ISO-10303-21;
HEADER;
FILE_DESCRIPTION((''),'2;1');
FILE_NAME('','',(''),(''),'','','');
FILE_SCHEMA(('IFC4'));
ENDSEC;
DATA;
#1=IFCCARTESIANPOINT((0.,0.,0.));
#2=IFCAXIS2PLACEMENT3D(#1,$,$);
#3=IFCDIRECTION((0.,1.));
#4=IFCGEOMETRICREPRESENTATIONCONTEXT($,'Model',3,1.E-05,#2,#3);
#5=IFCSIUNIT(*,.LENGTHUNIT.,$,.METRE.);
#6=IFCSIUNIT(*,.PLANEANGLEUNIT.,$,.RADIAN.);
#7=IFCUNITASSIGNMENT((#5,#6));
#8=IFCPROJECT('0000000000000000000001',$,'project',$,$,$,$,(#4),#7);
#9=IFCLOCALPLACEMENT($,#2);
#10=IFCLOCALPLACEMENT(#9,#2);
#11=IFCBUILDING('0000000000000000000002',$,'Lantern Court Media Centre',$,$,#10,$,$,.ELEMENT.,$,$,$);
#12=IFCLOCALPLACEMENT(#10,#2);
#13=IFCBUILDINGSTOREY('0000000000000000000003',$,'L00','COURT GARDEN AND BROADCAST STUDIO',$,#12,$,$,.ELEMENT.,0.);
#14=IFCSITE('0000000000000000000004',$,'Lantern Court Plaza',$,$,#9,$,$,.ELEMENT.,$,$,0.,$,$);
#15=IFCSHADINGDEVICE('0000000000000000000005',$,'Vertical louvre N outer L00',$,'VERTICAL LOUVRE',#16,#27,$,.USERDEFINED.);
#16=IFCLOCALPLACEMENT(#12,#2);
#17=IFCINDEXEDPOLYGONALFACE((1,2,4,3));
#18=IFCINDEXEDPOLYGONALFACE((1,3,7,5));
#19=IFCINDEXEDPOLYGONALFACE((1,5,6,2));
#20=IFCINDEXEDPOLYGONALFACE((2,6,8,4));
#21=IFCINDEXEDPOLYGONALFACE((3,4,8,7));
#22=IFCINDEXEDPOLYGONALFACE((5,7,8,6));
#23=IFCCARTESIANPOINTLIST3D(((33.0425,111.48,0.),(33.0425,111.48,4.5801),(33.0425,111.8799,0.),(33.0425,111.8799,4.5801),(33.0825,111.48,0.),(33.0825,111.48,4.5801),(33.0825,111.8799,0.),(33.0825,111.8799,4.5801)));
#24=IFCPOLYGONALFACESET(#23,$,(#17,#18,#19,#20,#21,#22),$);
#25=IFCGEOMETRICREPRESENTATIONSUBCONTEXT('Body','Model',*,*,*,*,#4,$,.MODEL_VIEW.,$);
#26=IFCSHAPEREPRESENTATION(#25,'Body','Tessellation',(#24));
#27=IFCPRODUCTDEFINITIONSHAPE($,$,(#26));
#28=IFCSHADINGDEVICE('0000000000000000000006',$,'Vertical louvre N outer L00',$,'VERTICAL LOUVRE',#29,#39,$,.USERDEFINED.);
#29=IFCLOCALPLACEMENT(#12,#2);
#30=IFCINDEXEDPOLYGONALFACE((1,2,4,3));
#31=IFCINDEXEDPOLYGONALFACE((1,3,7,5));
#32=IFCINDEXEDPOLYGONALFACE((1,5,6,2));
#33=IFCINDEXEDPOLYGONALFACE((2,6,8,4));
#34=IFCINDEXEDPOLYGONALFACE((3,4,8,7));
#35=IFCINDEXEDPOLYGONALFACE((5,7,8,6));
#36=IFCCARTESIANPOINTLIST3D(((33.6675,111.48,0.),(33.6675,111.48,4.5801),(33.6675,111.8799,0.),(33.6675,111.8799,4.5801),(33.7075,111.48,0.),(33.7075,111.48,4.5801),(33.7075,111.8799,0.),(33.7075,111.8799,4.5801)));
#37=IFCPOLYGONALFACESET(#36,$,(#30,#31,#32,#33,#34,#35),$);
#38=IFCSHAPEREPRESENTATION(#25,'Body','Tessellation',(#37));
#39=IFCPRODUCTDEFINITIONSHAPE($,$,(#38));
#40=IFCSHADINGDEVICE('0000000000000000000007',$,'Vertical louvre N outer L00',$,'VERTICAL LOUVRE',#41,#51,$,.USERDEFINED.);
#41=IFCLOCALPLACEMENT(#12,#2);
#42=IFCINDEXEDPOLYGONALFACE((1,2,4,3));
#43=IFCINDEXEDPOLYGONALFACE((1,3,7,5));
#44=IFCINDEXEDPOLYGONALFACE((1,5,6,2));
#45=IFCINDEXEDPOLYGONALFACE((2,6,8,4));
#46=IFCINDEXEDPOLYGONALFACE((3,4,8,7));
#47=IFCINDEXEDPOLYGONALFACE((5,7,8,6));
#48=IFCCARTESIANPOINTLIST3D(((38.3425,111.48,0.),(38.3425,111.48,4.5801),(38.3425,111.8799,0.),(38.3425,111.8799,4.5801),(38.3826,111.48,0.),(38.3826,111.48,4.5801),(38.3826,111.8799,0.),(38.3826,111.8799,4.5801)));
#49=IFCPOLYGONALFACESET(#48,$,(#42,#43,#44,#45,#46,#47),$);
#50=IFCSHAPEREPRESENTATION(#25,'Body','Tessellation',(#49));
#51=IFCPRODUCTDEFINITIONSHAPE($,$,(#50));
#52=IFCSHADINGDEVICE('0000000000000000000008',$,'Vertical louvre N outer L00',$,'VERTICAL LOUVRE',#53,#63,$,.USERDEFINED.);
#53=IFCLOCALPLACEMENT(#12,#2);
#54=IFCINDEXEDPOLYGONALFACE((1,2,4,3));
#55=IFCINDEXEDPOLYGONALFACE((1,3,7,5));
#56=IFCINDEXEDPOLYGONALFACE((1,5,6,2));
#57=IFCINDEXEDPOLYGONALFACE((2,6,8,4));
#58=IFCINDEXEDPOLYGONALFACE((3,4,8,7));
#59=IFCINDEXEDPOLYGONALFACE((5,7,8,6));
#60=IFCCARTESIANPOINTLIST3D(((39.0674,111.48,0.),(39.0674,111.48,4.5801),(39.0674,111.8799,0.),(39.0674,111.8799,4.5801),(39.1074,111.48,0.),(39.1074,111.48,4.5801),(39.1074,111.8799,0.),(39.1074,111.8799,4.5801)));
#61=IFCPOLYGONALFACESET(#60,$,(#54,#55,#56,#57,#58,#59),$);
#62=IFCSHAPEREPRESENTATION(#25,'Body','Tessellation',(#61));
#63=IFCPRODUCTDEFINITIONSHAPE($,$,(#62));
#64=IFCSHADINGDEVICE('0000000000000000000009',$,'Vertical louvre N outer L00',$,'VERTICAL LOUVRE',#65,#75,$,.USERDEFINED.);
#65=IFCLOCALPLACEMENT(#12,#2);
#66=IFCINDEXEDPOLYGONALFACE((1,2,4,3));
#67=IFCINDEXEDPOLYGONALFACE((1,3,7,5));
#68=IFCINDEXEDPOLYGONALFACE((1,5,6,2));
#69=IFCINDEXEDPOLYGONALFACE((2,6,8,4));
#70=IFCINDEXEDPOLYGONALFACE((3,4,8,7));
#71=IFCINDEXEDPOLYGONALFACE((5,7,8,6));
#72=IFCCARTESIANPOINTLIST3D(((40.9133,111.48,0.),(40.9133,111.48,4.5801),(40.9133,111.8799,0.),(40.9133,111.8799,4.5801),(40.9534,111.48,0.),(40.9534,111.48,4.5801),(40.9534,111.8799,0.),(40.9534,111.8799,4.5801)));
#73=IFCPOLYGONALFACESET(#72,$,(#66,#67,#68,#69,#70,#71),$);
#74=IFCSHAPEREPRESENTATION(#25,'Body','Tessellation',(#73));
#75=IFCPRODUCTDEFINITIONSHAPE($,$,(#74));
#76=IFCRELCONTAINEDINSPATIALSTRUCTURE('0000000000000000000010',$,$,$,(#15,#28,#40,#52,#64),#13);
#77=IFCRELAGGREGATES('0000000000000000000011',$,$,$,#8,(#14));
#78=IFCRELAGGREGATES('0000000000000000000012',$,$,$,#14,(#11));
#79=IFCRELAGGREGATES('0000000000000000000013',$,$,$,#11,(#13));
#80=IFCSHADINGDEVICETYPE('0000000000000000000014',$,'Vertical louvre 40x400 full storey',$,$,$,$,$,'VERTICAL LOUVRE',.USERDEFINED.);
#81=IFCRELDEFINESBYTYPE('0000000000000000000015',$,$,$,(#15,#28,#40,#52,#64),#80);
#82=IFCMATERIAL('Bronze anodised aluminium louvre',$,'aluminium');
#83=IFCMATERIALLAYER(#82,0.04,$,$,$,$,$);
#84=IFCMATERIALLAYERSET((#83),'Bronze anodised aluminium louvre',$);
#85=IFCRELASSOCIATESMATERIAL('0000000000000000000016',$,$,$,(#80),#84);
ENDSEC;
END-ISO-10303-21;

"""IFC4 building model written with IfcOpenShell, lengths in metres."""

from ifc_helpers import new_model, si_unit, direction, frame, origin, origin_2d, place, context, subcontext, project, spatial, rectangle, extrude, material, layer, layer_set, type_object, element, save


model = new_model("IFC4")

# Units and contexts
model_context = context("Model", 3, precision=1e-05, world=origin(), true_north=direction((0.0, 1.0)))
body_context = subcontext(model_context, "Body", "Model", "MODEL_VIEW")
ifc_project = project(units=[si_unit("LENGTHUNIT", "METRE"), si_unit("PLANEANGLEUNIT", "RADIAN")], contexts=[model_context])

# Site, building, storey
site_placement = place(None, origin())
site = spatial("IfcSite", under=ifc_project, at=site_placement, Name="Lantern Court Plaza", CompositionType="ELEMENT", RefElevation=0.0)
building_placement = place(site_placement, origin())
building = spatial("IfcBuilding", under=site, at=building_placement, Name="Lantern Court Media Centre", CompositionType="ELEMENT")
storey_placement = place(building_placement, origin())
storey = spatial("IfcBuildingStorey", under=building, at=storey_placement, Name="L00", Description="COURT GARDEN AND BROADCAST STUDIO", CompositionType="ELEMENT", Elevation=0.0)

# Shading devices
ifc_material_1 = material(Name="Bronze anodised aluminium louvre", Category="aluminium")
ifc_layer_1 = layer(ifc_material_1, 0.04)
ifc_layer_set_1 = layer_set([ifc_layer_1], Name="Bronze anodised aluminium louvre")
shading_device_type = type_object("IfcShadingDeviceType", Name="Vertical louvre 40x400 full storey", ElementType="VERTICAL LOUVRE", PredefinedType="USERDEFINED", material=ifc_layer_set_1)
for number, where, z_axis, x_axis, name in (
    (1, (33.0625, 111.6799, 0.0), (0.0, 0.0, 1.0), (1.0, 0.0, 0.0), "Vertical louvre N outer L00"),
    (2, (33.6875, 111.6799, 0.0), (0.0, 0.0, 1.0), (1.0, 0.0, 0.0), "Vertical louvre N outer L00"),
    (3, (38.3625, 111.6799, 0.0), (0.0, 0.0, 1.0), (1.0, 0.0, 0.0), "Vertical louvre N outer L00"),
    (4, (39.0874, 111.6799, 0.0), (0.0, 0.0, 1.0), (1.0, 0.0, 0.0), "Vertical louvre N outer L00"),
    (5, (40.9333, 111.6799, 0.0), (0.0, 0.0, 1.0), (1.0, 0.0, 0.0), "Vertical louvre N outer L00"),
):
    element("IfcShadingDevice", number, at=place(storey_placement, frame(where, z_axis=z_axis, x_axis=x_axis)), inside=storey, type_object=shading_device_type, Name=name, ObjectType="VERTICAL LOUVRE", PredefinedType="USERDEFINED", context=body_context, shape_type="SweptSolid", body=[
        extrude(rectangle(XDim=0.04, YDim=0.3999, at=origin_2d()), origin(), (0.0, 0.0, 1.0), 4.5801),
    ])

save(model, "model.ifc")
